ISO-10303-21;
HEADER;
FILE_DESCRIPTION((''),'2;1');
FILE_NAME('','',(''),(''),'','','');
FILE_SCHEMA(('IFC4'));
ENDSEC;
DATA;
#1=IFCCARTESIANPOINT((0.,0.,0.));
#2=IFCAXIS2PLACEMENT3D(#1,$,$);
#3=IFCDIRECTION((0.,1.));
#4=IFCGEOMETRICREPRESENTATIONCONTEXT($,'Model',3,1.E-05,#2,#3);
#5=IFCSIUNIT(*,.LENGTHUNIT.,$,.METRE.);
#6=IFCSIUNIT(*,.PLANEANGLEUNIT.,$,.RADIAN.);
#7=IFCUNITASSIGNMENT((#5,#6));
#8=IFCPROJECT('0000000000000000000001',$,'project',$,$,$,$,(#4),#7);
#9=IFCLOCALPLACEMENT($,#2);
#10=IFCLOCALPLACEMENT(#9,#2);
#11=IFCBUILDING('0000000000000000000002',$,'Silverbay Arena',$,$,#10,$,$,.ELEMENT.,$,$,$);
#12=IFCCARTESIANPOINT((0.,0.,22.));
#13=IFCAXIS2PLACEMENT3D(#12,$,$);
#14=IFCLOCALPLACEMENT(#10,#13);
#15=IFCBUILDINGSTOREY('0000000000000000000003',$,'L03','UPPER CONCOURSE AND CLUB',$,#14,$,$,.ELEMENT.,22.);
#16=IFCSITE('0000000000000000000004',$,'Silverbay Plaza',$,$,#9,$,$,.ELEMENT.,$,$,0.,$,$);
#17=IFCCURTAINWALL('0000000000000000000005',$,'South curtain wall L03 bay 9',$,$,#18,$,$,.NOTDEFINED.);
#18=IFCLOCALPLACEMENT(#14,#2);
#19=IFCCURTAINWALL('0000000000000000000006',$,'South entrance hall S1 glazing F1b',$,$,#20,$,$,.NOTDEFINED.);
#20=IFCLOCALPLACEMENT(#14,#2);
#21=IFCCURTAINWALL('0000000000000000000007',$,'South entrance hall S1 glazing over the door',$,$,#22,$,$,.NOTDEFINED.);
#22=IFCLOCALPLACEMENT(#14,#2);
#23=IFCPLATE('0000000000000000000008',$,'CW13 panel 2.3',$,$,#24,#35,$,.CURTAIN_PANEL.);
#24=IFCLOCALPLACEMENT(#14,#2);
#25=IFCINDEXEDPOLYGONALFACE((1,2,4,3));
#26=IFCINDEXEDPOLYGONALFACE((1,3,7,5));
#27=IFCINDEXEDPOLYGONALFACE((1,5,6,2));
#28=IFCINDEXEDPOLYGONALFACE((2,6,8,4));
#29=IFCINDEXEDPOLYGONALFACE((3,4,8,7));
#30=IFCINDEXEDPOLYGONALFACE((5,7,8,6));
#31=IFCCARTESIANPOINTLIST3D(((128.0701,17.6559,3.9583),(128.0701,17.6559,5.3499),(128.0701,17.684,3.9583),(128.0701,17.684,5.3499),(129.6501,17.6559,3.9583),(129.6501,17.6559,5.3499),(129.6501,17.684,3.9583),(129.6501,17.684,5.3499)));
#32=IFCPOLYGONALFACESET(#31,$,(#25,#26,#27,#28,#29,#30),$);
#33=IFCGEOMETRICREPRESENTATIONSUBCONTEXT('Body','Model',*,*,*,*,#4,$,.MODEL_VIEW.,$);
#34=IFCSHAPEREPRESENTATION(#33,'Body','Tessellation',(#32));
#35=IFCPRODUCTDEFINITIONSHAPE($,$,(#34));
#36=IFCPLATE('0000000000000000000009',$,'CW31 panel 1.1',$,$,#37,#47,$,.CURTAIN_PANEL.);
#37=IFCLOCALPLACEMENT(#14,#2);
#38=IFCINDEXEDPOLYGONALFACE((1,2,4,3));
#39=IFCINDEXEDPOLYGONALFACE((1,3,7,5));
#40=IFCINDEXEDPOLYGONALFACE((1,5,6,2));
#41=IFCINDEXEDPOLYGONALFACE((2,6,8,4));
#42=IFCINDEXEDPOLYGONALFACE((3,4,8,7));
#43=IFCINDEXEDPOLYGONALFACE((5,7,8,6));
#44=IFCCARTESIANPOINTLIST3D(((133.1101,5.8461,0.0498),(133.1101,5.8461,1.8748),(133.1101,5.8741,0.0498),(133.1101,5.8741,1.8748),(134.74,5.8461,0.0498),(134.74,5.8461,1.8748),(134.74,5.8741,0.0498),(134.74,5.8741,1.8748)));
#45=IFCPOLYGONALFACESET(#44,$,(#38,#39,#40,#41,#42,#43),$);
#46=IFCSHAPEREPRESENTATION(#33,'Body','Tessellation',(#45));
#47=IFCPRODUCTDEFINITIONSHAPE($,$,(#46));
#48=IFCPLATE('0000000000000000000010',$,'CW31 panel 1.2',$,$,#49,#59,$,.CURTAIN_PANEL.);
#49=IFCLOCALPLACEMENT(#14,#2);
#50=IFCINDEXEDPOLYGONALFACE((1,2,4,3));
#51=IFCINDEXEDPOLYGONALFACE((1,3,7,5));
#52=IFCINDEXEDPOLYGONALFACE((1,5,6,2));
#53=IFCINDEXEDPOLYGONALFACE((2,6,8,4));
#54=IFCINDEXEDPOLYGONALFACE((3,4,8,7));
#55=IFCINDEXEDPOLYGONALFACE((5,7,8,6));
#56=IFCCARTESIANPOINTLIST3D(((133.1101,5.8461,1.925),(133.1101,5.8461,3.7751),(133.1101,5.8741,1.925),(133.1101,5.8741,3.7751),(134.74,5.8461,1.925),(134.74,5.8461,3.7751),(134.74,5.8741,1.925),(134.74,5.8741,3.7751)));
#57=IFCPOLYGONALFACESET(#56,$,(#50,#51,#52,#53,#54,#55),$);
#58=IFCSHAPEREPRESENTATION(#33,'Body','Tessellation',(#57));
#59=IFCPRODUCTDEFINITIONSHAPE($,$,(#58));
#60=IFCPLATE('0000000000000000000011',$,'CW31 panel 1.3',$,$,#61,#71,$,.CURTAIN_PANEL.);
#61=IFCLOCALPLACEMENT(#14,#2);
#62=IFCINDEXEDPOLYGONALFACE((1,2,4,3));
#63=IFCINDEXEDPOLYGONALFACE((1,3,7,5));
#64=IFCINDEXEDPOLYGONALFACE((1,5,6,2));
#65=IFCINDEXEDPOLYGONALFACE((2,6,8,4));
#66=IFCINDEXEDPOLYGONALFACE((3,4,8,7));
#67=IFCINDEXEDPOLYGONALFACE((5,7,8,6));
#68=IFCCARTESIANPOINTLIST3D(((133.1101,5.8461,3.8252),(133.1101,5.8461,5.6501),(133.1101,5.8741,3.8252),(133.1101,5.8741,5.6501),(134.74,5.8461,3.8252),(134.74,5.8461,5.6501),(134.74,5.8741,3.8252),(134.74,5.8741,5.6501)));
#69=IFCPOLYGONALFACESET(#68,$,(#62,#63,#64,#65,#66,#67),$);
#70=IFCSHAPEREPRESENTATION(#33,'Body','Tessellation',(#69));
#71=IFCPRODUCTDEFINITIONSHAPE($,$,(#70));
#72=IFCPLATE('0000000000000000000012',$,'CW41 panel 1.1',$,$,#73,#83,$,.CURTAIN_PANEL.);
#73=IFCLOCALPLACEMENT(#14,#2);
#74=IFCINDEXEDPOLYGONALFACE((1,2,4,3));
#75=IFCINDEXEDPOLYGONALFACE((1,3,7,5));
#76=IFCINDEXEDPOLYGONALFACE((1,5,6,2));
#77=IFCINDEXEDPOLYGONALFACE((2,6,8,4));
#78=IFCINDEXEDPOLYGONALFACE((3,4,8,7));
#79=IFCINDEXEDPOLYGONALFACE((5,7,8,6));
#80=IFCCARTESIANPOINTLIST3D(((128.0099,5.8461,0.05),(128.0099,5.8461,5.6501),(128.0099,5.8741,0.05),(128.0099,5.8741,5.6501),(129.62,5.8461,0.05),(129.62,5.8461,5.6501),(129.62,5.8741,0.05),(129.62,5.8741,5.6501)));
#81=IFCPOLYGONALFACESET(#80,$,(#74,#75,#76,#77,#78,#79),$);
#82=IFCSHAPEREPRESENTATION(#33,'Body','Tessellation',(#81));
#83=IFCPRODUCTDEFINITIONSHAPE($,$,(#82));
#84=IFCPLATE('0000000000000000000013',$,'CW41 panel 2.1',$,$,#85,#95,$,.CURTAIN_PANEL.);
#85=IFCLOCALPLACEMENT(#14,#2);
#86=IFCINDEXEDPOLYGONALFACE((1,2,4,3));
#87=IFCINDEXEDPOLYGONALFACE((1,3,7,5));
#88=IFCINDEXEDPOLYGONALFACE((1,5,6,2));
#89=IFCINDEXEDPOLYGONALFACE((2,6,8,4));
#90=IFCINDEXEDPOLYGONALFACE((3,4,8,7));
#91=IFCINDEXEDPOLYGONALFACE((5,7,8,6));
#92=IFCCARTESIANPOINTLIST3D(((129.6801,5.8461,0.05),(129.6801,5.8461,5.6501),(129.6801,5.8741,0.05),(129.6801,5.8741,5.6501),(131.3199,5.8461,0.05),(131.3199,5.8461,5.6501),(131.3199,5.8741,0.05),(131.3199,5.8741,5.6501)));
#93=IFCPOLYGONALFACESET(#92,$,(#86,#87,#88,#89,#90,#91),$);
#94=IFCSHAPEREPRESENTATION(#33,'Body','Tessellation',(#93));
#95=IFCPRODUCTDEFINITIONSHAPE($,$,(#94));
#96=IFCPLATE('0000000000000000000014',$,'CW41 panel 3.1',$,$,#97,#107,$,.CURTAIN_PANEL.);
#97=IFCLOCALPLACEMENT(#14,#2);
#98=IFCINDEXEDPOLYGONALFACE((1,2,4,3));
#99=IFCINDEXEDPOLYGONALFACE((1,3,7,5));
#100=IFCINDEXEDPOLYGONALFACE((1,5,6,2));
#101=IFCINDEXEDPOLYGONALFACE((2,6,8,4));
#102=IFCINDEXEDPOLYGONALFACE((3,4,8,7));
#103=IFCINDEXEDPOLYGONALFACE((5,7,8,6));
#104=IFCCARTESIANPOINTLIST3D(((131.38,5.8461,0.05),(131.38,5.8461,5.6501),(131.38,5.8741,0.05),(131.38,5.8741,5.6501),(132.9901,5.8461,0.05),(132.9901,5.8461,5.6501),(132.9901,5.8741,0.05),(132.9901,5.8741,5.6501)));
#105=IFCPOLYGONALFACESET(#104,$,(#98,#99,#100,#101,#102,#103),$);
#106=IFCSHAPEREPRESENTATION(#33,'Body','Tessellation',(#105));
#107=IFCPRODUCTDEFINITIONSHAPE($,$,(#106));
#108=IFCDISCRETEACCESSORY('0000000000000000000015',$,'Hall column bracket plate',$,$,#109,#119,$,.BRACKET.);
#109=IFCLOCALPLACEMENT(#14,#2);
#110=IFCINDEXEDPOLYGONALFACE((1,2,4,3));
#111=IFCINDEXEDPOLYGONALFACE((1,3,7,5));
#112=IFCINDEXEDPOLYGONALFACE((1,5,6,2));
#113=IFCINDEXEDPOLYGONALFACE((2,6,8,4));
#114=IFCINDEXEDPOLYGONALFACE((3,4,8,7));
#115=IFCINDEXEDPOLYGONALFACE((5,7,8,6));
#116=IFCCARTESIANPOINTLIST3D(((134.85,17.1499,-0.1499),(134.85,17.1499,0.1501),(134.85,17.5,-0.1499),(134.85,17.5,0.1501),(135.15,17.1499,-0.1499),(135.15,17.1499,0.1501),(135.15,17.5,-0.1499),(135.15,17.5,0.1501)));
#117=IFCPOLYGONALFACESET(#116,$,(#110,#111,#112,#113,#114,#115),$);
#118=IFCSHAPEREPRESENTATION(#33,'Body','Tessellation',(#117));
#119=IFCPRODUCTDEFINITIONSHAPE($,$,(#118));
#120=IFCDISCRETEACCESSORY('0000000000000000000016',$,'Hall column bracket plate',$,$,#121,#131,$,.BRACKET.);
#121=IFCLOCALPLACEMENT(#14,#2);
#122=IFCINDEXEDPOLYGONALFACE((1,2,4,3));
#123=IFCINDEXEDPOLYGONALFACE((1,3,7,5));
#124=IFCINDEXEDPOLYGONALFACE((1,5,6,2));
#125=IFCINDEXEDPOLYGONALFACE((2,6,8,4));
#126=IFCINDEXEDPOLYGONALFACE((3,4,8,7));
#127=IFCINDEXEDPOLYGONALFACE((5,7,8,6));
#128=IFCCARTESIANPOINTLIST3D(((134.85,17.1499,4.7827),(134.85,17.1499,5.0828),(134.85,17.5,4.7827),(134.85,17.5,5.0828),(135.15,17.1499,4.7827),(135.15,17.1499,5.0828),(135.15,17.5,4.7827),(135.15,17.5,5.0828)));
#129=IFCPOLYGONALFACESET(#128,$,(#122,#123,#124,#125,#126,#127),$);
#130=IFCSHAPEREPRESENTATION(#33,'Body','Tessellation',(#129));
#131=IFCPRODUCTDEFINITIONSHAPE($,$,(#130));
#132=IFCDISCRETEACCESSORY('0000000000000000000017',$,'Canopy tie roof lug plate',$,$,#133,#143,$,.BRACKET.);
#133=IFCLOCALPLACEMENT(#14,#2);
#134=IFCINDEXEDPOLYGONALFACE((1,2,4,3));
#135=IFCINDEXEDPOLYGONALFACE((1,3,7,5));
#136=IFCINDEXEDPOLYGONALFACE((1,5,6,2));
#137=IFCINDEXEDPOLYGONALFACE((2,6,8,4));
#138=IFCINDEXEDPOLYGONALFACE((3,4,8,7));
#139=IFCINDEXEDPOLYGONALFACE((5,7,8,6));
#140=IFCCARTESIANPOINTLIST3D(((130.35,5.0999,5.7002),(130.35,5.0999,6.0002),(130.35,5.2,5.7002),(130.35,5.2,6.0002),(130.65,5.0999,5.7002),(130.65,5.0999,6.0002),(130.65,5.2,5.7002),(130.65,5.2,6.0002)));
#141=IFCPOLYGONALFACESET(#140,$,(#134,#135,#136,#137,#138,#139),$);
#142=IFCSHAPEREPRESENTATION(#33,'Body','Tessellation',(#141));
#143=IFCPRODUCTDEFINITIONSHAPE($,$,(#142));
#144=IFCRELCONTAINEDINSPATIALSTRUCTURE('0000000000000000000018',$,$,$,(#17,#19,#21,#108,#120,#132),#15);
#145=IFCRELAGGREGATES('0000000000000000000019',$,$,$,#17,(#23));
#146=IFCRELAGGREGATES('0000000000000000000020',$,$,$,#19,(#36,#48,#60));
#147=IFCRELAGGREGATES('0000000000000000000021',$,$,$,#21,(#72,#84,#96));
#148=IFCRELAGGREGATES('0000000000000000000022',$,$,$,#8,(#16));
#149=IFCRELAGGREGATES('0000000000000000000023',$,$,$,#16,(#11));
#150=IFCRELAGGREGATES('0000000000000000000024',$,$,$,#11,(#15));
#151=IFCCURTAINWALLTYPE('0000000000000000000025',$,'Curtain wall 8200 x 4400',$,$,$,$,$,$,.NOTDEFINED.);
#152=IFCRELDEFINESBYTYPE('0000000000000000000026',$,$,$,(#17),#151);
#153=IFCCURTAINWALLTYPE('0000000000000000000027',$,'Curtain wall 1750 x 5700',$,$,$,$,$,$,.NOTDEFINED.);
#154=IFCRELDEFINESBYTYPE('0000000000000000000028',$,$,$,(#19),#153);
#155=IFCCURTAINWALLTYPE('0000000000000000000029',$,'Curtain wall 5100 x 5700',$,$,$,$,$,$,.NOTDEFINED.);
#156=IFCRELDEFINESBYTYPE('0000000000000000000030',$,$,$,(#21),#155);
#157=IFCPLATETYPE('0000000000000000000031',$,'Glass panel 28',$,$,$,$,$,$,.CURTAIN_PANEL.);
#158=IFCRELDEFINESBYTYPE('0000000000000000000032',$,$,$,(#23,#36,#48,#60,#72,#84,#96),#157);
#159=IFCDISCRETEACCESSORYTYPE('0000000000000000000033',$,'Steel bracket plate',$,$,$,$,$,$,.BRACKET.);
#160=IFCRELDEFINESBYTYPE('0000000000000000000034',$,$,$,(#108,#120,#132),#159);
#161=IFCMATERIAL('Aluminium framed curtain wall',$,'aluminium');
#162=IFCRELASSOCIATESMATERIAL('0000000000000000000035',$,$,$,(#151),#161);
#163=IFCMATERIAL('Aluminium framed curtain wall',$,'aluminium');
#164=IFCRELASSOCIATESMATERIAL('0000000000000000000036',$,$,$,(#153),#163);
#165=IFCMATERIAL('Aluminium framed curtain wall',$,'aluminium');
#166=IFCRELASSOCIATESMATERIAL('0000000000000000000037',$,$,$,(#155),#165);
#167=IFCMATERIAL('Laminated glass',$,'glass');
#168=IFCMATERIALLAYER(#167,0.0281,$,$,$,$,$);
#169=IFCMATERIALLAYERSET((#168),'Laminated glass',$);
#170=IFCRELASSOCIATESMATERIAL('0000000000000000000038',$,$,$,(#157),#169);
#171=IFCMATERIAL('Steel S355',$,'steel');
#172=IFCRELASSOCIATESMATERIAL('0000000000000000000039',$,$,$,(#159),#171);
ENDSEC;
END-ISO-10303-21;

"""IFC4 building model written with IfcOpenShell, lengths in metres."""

from ifc_helpers import new_model, si_unit, direction, frame, origin, origin_2d, place, context, subcontext, project, spatial, rectangle, extrude, material, layer, layer_set, type_object, element, aggregate, save


model = new_model("IFC4")

# Units and contexts
model_context = context("Model", 3, precision=1e-05, world=origin(), true_north=direction((0.0, 1.0)))
body_context = subcontext(model_context, "Body", "Model", "MODEL_VIEW")
ifc_project = project(units=[si_unit("LENGTHUNIT", "METRE"), si_unit("PLANEANGLEUNIT", "RADIAN")], contexts=[model_context])

# Site, building, storey
site_placement = place(None, origin())
site = spatial("IfcSite", under=ifc_project, at=site_placement, Name="Silverbay Plaza", CompositionType="ELEMENT", RefElevation=0.0)
building_placement = place(site_placement, origin())
building = spatial("IfcBuilding", under=site, at=building_placement, Name="Silverbay Arena", CompositionType="ELEMENT")
storey_placement = place(building_placement, frame((0.0, 0.0, 22.0)))
storey = spatial("IfcBuildingStorey", under=building, at=storey_placement, Name="L03", Description="UPPER CONCOURSE AND CLUB", CompositionType="ELEMENT", Elevation=22.0)

# Curtain wall
ifc_material_1 = material(Name="Aluminium framed curtain wall", Category="aluminium")
curtain_wall_type_1 = type_object("IfcCurtainWallType", Name="Curtain wall 8200 x 4400", PredefinedType="NOTDEFINED", material=ifc_material_1)
curtain_wall_1_placement = place(storey_placement, origin())
curtain_wall_1 = element("IfcCurtainWall", 1, at=curtain_wall_1_placement, inside=storey, type_object=curtain_wall_type_1, Name="South curtain wall L03 bay 9", PredefinedType="NOTDEFINED")

# Curtain wall
ifc_material_2 = material(Name="Aluminium framed curtain wall", Category="aluminium")
curtain_wall_type_2 = type_object("IfcCurtainWallType", Name="Curtain wall 1750 x 5700", PredefinedType="NOTDEFINED", material=ifc_material_2)
curtain_wall_2_placement = place(storey_placement, origin())
curtain_wall_2 = element("IfcCurtainWall", 2, at=curtain_wall_2_placement, inside=storey, type_object=curtain_wall_type_2, Name="South entrance hall S1 glazing F1b", PredefinedType="NOTDEFINED")

# Curtain wall
ifc_material_3 = material(Name="Aluminium framed curtain wall", Category="aluminium")
curtain_wall_type_3 = type_object("IfcCurtainWallType", Name="Curtain wall 5100 x 5700", PredefinedType="NOTDEFINED", material=ifc_material_3)
curtain_wall_3_placement = place(storey_placement, origin())
curtain_wall_3 = element("IfcCurtainWall", 3, at=curtain_wall_3_placement, inside=storey, type_object=curtain_wall_type_3, Name="South entrance hall S1 glazing over the door", PredefinedType="NOTDEFINED")

# Plates
ifc_material_4 = material(Name="Laminated glass", Category="glass")
ifc_layer = layer(ifc_material_4, 0.0281)
ifc_layer_set = layer_set([ifc_layer], Name="Laminated glass")
plate_type = type_object("IfcPlateType", Name="Glass panel 28", PredefinedType="CURTAIN_PANEL", material=ifc_layer_set)
plate_1_placement = place(storey_placement, frame((128.8601, 17.6699, 3.9583), z_axis=(0.0, 0.0, 1.0), x_axis=(1.0, 0.0, 0.0)))
plate_1 = element("IfcPlate", 4, at=plate_1_placement, type_object=plate_type, Name="CW13 panel 2.3", PredefinedType="CURTAIN_PANEL", context=body_context, shape_type="SweptSolid", body=[
    extrude(rectangle(XDim=1.5801, YDim=0.0281, at=origin_2d()), origin(), (0.0, 0.0, 1.0), 1.3916),
])
aggregate(curtain_wall_1, [plate_1])
plate_2_placement = place(storey_placement, frame((133.925, 5.8601, 0.0498), z_axis=(0.0, 0.0, 1.0), x_axis=(1.0, 0.0, 0.0)))
plate_2 = element("IfcPlate", 5, at=plate_2_placement, type_object=plate_type, Name="CW31 panel 1.1", PredefinedType="CURTAIN_PANEL", context=body_context, shape_type="SweptSolid", body=[
    extrude(rectangle(XDim=1.6299, YDim=0.0281, at=origin_2d()), origin(), (0.0, 0.0, 1.0), 1.825),
])
plate_3_placement = place(storey_placement, frame((133.925, 5.8601, 1.925), z_axis=(0.0, 0.0, 1.0), x_axis=(1.0, 0.0, 0.0)))
plate_3 = element("IfcPlate", 6, at=plate_3_placement, type_object=plate_type, Name="CW31 panel 1.2", PredefinedType="CURTAIN_PANEL", context=body_context, shape_type="SweptSolid", body=[
    extrude(rectangle(XDim=1.6299, YDim=0.0281, at=origin_2d()), origin(), (0.0, 0.0, 1.0), 1.8501),
])
plate_4_placement = place(storey_placement, frame((133.925, 5.8601, 3.8252), z_axis=(0.0, 0.0, 1.0), x_axis=(1.0, 0.0, 0.0)))
plate_4 = element("IfcPlate", 7, at=plate_4_placement, type_object=plate_type, Name="CW31 panel 1.3", PredefinedType="CURTAIN_PANEL", context=body_context, shape_type="SweptSolid", body=[
    extrude(rectangle(XDim=1.6299, YDim=0.0281, at=origin_2d()), origin(), (0.0, 0.0, 1.0), 1.825),
])
aggregate(curtain_wall_2, [plate_2, plate_3, plate_4])
plate_5_placement = place(storey_placement, frame((128.8149, 5.8601, 0.05), z_axis=(0.0, 0.0, 1.0), x_axis=(1.0, 0.0, 0.0)))
plate_5 = element("IfcPlate", 8, at=plate_5_placement, type_object=plate_type, Name="CW41 panel 1.1", PredefinedType="CURTAIN_PANEL", context=body_context, shape_type="SweptSolid", body=[
    extrude(rectangle(XDim=1.6101, YDim=0.0281, at=origin_2d()), origin(), (0.0, 0.0, 1.0), 5.6001),
])
plate_6_placement = place(storey_placement, frame((130.5, 5.8601, 0.05), z_axis=(0.0, 0.0, 1.0), x_axis=(1.0, 0.0, 0.0)))
plate_6 = element("IfcPlate", 9, at=plate_6_placement, type_object=plate_type, Name="CW41 panel 2.1", PredefinedType="CURTAIN_PANEL", context=body_context, shape_type="SweptSolid", body=[
    extrude(rectangle(XDim=1.6399, YDim=0.0281, at=origin_2d()), origin(), (0.0, 0.0, 1.0), 5.6001),
])
plate_7_placement = place(storey_placement, frame((132.1851, 5.8601, 0.05), z_axis=(0.0, 0.0, 1.0), x_axis=(1.0, 0.0, 0.0)))
plate_7 = element("IfcPlate", 10, at=plate_7_placement, type_object=plate_type, Name="CW41 panel 3.1", PredefinedType="CURTAIN_PANEL", context=body_context, shape_type="SweptSolid", body=[
    extrude(rectangle(XDim=1.6101, YDim=0.0281, at=origin_2d()), origin(), (0.0, 0.0, 1.0), 5.6001),
])
aggregate(curtain_wall_3, [plate_5, plate_6, plate_7])

# Discrete accessories
ifc_material_5 = material(Name="Steel S355", Category="steel")
discrete_accessory_type = type_object("IfcDiscreteAccessoryType", Name="Steel bracket plate", PredefinedType="BRACKET", material=ifc_material_5)
for number, where, z_axis, x_axis, name in (
    (11, (135.0, 17.325, -0.1499), (0.0, 0.0, 1.0), (1.0, 0.0, 0.0), "Hall column bracket plate"),
    (12, (135.0, 17.325, 4.7827), (0.0, 0.0, 1.0), (1.0, 0.0, 0.0), "Hall column bracket plate"),
):
    element("IfcDiscreteAccessory", number, at=place(storey_placement, frame(where, z_axis=z_axis, x_axis=x_axis)), inside=storey, type_object=discrete_accessory_type, Name=name, PredefinedType="BRACKET", context=body_context, shape_type="SweptSolid", body=[
        extrude(rectangle(XDim=0.3, YDim=0.3501, at=origin_2d()), origin(), (0.0, 0.0, 1.0), 0.3),
    ])
discrete_accessory_placement = place(storey_placement, frame((130.5, 5.1499, 5.7002), z_axis=(0.0, 0.0, 1.0), x_axis=(1.0, 0.0, 0.0)))
element("IfcDiscreteAccessory", 13, at=discrete_accessory_placement, inside=storey, type_object=discrete_accessory_type, Name="Canopy tie roof lug plate", PredefinedType="BRACKET", context=body_context, shape_type="SweptSolid", body=[
    extrude(rectangle(XDim=0.3, YDim=0.1001, at=origin_2d()), origin(), (0.0, 0.0, 1.0), 0.3),
])

save(model, "model.ifc")
